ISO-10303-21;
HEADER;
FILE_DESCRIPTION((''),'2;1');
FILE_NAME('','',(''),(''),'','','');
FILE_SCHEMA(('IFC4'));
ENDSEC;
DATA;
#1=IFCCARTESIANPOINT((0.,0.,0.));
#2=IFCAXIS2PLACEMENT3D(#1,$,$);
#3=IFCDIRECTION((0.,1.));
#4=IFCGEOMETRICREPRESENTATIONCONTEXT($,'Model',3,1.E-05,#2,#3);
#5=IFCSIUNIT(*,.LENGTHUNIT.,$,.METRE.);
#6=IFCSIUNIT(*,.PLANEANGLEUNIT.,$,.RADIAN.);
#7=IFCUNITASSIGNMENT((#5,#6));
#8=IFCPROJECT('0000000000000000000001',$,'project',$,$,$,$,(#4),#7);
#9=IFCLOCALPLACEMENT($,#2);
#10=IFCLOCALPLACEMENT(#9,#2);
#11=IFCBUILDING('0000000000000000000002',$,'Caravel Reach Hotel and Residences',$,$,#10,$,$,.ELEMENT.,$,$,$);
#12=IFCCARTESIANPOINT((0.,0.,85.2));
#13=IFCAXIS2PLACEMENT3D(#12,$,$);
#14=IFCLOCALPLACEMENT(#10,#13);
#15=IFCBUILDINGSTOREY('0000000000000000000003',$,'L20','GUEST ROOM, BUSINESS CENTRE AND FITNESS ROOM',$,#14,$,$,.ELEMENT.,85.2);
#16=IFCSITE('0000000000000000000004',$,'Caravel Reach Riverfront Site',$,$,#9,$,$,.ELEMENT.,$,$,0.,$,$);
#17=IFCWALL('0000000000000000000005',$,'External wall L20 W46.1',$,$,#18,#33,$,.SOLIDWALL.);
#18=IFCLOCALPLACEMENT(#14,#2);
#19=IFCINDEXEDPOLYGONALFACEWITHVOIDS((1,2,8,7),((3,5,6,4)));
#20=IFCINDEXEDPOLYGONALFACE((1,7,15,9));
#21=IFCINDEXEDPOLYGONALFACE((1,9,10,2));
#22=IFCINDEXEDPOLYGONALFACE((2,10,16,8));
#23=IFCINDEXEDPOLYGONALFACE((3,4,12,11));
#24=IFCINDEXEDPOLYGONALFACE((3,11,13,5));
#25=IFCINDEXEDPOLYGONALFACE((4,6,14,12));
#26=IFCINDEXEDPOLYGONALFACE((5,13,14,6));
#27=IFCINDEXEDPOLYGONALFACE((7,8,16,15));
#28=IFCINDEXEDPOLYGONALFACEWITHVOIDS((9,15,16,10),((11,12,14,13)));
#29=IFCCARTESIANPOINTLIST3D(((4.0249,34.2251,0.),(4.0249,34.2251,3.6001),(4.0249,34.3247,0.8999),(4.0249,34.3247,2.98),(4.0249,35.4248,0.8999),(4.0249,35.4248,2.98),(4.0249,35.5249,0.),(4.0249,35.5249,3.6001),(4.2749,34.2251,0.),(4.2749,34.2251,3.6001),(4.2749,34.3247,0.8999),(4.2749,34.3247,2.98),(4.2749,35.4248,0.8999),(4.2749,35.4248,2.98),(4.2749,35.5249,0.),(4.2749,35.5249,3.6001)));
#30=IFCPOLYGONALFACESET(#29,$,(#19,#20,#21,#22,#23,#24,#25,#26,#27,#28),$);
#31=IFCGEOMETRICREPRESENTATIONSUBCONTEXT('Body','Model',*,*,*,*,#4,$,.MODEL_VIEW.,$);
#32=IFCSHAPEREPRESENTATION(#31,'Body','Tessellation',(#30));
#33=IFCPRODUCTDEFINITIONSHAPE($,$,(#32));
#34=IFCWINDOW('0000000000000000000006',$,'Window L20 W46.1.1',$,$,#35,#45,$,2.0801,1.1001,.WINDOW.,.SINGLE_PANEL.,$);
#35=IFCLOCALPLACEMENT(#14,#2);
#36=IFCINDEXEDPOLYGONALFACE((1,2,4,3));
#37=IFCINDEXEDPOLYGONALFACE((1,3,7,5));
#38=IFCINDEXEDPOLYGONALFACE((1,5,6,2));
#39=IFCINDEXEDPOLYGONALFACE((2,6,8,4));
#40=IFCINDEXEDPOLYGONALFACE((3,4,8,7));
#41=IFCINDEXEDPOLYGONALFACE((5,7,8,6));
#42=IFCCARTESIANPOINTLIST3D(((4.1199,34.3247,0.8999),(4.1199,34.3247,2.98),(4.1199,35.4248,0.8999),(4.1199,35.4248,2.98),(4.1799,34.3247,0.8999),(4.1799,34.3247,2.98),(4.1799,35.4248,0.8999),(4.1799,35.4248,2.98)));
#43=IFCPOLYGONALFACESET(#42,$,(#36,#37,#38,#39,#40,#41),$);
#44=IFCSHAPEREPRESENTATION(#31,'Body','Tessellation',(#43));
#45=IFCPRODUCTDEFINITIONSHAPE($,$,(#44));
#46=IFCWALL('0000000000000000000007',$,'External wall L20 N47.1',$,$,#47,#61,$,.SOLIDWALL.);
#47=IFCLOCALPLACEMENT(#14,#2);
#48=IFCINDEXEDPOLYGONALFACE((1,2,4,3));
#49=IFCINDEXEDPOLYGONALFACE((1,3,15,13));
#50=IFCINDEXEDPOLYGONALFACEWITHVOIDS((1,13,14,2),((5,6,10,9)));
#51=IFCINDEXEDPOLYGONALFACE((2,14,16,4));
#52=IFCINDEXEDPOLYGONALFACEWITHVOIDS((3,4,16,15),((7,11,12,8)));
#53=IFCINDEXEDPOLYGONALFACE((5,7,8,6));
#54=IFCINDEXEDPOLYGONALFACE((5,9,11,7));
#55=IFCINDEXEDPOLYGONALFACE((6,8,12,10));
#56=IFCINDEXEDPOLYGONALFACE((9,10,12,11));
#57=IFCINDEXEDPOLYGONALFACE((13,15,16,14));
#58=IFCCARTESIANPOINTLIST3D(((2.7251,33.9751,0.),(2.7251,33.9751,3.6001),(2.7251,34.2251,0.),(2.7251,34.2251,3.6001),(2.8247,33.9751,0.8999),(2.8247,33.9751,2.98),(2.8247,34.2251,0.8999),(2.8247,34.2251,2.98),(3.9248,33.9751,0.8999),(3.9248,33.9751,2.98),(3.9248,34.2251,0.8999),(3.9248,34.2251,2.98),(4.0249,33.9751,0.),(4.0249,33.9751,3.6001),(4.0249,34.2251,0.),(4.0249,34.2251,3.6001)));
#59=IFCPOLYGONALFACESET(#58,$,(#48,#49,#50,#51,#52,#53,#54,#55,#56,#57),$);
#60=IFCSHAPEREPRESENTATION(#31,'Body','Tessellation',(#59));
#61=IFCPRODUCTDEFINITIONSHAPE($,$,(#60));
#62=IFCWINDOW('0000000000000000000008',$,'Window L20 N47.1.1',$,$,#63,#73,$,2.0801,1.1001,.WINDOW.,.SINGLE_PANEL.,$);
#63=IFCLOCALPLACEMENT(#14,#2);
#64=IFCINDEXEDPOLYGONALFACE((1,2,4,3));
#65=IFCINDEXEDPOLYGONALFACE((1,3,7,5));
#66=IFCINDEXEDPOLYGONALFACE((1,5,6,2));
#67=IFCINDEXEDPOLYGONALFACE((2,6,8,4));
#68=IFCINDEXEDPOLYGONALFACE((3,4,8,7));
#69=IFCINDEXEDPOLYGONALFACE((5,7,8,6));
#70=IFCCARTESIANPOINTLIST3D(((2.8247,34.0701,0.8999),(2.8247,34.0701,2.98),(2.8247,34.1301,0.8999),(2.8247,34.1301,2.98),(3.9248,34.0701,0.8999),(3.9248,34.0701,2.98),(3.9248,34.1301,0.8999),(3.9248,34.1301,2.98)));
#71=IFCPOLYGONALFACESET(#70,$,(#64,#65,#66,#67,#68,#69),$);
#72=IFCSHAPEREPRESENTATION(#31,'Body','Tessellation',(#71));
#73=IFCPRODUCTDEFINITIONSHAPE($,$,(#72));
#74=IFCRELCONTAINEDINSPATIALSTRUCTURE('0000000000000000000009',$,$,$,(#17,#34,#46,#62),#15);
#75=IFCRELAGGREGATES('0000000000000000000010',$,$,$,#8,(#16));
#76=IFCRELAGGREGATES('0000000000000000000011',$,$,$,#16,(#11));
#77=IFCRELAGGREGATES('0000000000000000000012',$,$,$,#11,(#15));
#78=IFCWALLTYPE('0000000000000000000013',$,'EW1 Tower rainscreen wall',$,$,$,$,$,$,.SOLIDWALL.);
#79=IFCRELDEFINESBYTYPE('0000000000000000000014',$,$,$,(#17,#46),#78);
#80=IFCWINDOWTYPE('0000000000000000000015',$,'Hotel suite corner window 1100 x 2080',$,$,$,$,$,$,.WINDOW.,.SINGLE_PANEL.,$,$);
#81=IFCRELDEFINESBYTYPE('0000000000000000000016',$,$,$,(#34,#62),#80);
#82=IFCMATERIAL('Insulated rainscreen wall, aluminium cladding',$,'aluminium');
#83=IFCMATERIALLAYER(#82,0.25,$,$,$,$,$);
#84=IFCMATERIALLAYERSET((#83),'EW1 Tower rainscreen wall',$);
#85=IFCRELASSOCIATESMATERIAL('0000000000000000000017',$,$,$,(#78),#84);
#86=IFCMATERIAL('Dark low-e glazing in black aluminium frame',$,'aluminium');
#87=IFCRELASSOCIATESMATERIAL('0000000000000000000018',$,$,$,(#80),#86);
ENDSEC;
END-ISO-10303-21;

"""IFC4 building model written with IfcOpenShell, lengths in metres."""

from ifc_helpers import new_model, si_unit, direction, frame, frame_2d, origin, place, context, subcontext, project, spatial, rectangle, extrude, material, layer, layer_set, type_object, element, fill, save


model = new_model("IFC4")

# Units and contexts
model_context = context("Model", 3, precision=1e-05, world=origin(), true_north=direction((0.0, 1.0)))
body_context = subcontext(model_context, "Body", "Model", "MODEL_VIEW")
ifc_project = project(units=[si_unit("LENGTHUNIT", "METRE"), si_unit("PLANEANGLEUNIT", "RADIAN")], contexts=[model_context])

# Site, building, storey
site_placement = place(None, origin())
site = spatial("IfcSite", under=ifc_project, at=site_placement, Name="Caravel Reach Riverfront Site", CompositionType="ELEMENT", RefElevation=0.0)
building_placement = place(site_placement, origin())
building = spatial("IfcBuilding", under=site, at=building_placement, Name="Caravel Reach Hotel and Residences", CompositionType="ELEMENT")
storey_placement = place(building_placement, frame((0.0, 0.0, 85.2)))
storey = spatial("IfcBuildingStorey", under=building, at=storey_placement, Name="L20", Description="GUEST ROOM, BUSINESS CENTRE AND FITNESS ROOM", CompositionType="ELEMENT", Elevation=85.2)

# Walls, openings, windows
ifc_material_1 = material(Name="Insulated rainscreen wall, aluminium cladding", Category="aluminium")
ifc_layer = layer(ifc_material_1, 0.25)
ifc_layer_set = layer_set([ifc_layer], Name="EW1 Tower rainscreen wall")
wall_type = type_object("IfcWallType", Name="EW1 Tower rainscreen wall", PredefinedType="SOLIDWALL", material=ifc_layer_set)
wall_1_placement = place(storey_placement, frame((4.1499, 35.5249, 0.0), z_axis=(0.0, 0.0, 1.0), x_axis=(0.0, -1.0, 0.0)))
wall_1 = element("IfcWall", 1, at=wall_1_placement, inside=storey, type_object=wall_type, Name="External wall L20 W46.1", PredefinedType="SOLIDWALL", context=body_context, shape_type="SweptSolid", body=[
    extrude(rectangle(XDim=1.2998, YDim=0.25, at=frame_2d((0.6499, 0.0))), origin(), (0.0, 0.0, 1.0), 3.6001),
])
opening_1_placement = place(wall_1_placement, frame((0.1001, 0.0, 0.8999)))
opening_1 = element("IfcOpeningElement", 2, at=opening_1_placement, cuts=wall_1, PredefinedType="OPENING", context=body_context, shape_type="SweptSolid", body=[
    extrude(rectangle(XDim=1.1001, YDim=2.0801, at=frame_2d((0.55, 1.04))), frame((0.0, 0.135, 0.0), z_axis=(0.0, -1.0, 0.0), x_axis=(1.0, 0.0, 0.0)), (0.0, 0.0, 1.0), 0.27),
])
ifc_material_2 = material(Name="Dark low-e glazing in black aluminium frame", Category="aluminium")
window_type = type_object("IfcWindowType", Name="Hotel suite corner window 1100 x 2080", PartitioningType="SINGLE_PANEL", PredefinedType="WINDOW", material=ifc_material_2)
window_1_placement = place(opening_1_placement, origin())
window_1 = element("IfcWindow", 3, at=window_1_placement, inside=storey, type_object=window_type, Name="Window L20 W46.1.1", OverallHeight=2.0801, OverallWidth=1.1001, PartitioningType="SINGLE_PANEL", PredefinedType="WINDOW", context=body_context, shape_type="SweptSolid", body=[
    extrude(rectangle(XDim=1.1001, YDim=2.0801, at=frame_2d((0.55, 1.04))), frame((0.0, 0.03, 0.0), z_axis=(0.0, -1.0, 0.0), x_axis=(1.0, 0.0, 0.0)), (0.0, 0.0, 1.0), 0.0601),
])
fill(opening_1, window_1)
wall_2_placement = place(storey_placement, frame((4.0249, 34.1001, 0.0), z_axis=(0.0, 0.0, 1.0), x_axis=(-1.0, 0.0, 0.0)))
wall_2 = element("IfcWall", 4, at=wall_2_placement, inside=storey, type_object=wall_type, Name="External wall L20 N47.1", PredefinedType="SOLIDWALL", context=body_context, shape_type="SweptSolid", body=[
    extrude(rectangle(XDim=1.2998, YDim=0.25, at=frame_2d((0.6499, 0.0))), origin(), (0.0, 0.0, 1.0), 3.6001),
])
opening_2_placement = place(wall_2_placement, frame((0.1001, 0.0, 0.8999)))
opening_2 = element("IfcOpeningElement", 5, at=opening_2_placement, cuts=wall_2, PredefinedType="OPENING", context=body_context, shape_type="SweptSolid", body=[
    extrude(rectangle(XDim=1.1001, YDim=2.0801, at=frame_2d((0.55, 1.04))), frame((0.0, 0.135, 0.0), z_axis=(0.0, -1.0, 0.0), x_axis=(1.0, 0.0, 0.0)), (0.0, 0.0, 1.0), 0.27),
])
window_2_placement = place(opening_2_placement, origin())
window_2 = element("IfcWindow", 6, at=window_2_placement, inside=storey, type_object=window_type, Name="Window L20 N47.1.1", OverallHeight=2.0801, OverallWidth=1.1001, PartitioningType="SINGLE_PANEL", PredefinedType="WINDOW", context=body_context, shape_type="SweptSolid", body=[
    extrude(rectangle(XDim=1.1001, YDim=2.0801, at=frame_2d((0.55, 1.04))), frame((0.0, 0.03, 0.0), z_axis=(0.0, -1.0, 0.0), x_axis=(1.0, 0.0, 0.0)), (0.0, 0.0, 1.0), 0.0601),
])
fill(opening_2, window_2)

save(model, "model.ifc")
